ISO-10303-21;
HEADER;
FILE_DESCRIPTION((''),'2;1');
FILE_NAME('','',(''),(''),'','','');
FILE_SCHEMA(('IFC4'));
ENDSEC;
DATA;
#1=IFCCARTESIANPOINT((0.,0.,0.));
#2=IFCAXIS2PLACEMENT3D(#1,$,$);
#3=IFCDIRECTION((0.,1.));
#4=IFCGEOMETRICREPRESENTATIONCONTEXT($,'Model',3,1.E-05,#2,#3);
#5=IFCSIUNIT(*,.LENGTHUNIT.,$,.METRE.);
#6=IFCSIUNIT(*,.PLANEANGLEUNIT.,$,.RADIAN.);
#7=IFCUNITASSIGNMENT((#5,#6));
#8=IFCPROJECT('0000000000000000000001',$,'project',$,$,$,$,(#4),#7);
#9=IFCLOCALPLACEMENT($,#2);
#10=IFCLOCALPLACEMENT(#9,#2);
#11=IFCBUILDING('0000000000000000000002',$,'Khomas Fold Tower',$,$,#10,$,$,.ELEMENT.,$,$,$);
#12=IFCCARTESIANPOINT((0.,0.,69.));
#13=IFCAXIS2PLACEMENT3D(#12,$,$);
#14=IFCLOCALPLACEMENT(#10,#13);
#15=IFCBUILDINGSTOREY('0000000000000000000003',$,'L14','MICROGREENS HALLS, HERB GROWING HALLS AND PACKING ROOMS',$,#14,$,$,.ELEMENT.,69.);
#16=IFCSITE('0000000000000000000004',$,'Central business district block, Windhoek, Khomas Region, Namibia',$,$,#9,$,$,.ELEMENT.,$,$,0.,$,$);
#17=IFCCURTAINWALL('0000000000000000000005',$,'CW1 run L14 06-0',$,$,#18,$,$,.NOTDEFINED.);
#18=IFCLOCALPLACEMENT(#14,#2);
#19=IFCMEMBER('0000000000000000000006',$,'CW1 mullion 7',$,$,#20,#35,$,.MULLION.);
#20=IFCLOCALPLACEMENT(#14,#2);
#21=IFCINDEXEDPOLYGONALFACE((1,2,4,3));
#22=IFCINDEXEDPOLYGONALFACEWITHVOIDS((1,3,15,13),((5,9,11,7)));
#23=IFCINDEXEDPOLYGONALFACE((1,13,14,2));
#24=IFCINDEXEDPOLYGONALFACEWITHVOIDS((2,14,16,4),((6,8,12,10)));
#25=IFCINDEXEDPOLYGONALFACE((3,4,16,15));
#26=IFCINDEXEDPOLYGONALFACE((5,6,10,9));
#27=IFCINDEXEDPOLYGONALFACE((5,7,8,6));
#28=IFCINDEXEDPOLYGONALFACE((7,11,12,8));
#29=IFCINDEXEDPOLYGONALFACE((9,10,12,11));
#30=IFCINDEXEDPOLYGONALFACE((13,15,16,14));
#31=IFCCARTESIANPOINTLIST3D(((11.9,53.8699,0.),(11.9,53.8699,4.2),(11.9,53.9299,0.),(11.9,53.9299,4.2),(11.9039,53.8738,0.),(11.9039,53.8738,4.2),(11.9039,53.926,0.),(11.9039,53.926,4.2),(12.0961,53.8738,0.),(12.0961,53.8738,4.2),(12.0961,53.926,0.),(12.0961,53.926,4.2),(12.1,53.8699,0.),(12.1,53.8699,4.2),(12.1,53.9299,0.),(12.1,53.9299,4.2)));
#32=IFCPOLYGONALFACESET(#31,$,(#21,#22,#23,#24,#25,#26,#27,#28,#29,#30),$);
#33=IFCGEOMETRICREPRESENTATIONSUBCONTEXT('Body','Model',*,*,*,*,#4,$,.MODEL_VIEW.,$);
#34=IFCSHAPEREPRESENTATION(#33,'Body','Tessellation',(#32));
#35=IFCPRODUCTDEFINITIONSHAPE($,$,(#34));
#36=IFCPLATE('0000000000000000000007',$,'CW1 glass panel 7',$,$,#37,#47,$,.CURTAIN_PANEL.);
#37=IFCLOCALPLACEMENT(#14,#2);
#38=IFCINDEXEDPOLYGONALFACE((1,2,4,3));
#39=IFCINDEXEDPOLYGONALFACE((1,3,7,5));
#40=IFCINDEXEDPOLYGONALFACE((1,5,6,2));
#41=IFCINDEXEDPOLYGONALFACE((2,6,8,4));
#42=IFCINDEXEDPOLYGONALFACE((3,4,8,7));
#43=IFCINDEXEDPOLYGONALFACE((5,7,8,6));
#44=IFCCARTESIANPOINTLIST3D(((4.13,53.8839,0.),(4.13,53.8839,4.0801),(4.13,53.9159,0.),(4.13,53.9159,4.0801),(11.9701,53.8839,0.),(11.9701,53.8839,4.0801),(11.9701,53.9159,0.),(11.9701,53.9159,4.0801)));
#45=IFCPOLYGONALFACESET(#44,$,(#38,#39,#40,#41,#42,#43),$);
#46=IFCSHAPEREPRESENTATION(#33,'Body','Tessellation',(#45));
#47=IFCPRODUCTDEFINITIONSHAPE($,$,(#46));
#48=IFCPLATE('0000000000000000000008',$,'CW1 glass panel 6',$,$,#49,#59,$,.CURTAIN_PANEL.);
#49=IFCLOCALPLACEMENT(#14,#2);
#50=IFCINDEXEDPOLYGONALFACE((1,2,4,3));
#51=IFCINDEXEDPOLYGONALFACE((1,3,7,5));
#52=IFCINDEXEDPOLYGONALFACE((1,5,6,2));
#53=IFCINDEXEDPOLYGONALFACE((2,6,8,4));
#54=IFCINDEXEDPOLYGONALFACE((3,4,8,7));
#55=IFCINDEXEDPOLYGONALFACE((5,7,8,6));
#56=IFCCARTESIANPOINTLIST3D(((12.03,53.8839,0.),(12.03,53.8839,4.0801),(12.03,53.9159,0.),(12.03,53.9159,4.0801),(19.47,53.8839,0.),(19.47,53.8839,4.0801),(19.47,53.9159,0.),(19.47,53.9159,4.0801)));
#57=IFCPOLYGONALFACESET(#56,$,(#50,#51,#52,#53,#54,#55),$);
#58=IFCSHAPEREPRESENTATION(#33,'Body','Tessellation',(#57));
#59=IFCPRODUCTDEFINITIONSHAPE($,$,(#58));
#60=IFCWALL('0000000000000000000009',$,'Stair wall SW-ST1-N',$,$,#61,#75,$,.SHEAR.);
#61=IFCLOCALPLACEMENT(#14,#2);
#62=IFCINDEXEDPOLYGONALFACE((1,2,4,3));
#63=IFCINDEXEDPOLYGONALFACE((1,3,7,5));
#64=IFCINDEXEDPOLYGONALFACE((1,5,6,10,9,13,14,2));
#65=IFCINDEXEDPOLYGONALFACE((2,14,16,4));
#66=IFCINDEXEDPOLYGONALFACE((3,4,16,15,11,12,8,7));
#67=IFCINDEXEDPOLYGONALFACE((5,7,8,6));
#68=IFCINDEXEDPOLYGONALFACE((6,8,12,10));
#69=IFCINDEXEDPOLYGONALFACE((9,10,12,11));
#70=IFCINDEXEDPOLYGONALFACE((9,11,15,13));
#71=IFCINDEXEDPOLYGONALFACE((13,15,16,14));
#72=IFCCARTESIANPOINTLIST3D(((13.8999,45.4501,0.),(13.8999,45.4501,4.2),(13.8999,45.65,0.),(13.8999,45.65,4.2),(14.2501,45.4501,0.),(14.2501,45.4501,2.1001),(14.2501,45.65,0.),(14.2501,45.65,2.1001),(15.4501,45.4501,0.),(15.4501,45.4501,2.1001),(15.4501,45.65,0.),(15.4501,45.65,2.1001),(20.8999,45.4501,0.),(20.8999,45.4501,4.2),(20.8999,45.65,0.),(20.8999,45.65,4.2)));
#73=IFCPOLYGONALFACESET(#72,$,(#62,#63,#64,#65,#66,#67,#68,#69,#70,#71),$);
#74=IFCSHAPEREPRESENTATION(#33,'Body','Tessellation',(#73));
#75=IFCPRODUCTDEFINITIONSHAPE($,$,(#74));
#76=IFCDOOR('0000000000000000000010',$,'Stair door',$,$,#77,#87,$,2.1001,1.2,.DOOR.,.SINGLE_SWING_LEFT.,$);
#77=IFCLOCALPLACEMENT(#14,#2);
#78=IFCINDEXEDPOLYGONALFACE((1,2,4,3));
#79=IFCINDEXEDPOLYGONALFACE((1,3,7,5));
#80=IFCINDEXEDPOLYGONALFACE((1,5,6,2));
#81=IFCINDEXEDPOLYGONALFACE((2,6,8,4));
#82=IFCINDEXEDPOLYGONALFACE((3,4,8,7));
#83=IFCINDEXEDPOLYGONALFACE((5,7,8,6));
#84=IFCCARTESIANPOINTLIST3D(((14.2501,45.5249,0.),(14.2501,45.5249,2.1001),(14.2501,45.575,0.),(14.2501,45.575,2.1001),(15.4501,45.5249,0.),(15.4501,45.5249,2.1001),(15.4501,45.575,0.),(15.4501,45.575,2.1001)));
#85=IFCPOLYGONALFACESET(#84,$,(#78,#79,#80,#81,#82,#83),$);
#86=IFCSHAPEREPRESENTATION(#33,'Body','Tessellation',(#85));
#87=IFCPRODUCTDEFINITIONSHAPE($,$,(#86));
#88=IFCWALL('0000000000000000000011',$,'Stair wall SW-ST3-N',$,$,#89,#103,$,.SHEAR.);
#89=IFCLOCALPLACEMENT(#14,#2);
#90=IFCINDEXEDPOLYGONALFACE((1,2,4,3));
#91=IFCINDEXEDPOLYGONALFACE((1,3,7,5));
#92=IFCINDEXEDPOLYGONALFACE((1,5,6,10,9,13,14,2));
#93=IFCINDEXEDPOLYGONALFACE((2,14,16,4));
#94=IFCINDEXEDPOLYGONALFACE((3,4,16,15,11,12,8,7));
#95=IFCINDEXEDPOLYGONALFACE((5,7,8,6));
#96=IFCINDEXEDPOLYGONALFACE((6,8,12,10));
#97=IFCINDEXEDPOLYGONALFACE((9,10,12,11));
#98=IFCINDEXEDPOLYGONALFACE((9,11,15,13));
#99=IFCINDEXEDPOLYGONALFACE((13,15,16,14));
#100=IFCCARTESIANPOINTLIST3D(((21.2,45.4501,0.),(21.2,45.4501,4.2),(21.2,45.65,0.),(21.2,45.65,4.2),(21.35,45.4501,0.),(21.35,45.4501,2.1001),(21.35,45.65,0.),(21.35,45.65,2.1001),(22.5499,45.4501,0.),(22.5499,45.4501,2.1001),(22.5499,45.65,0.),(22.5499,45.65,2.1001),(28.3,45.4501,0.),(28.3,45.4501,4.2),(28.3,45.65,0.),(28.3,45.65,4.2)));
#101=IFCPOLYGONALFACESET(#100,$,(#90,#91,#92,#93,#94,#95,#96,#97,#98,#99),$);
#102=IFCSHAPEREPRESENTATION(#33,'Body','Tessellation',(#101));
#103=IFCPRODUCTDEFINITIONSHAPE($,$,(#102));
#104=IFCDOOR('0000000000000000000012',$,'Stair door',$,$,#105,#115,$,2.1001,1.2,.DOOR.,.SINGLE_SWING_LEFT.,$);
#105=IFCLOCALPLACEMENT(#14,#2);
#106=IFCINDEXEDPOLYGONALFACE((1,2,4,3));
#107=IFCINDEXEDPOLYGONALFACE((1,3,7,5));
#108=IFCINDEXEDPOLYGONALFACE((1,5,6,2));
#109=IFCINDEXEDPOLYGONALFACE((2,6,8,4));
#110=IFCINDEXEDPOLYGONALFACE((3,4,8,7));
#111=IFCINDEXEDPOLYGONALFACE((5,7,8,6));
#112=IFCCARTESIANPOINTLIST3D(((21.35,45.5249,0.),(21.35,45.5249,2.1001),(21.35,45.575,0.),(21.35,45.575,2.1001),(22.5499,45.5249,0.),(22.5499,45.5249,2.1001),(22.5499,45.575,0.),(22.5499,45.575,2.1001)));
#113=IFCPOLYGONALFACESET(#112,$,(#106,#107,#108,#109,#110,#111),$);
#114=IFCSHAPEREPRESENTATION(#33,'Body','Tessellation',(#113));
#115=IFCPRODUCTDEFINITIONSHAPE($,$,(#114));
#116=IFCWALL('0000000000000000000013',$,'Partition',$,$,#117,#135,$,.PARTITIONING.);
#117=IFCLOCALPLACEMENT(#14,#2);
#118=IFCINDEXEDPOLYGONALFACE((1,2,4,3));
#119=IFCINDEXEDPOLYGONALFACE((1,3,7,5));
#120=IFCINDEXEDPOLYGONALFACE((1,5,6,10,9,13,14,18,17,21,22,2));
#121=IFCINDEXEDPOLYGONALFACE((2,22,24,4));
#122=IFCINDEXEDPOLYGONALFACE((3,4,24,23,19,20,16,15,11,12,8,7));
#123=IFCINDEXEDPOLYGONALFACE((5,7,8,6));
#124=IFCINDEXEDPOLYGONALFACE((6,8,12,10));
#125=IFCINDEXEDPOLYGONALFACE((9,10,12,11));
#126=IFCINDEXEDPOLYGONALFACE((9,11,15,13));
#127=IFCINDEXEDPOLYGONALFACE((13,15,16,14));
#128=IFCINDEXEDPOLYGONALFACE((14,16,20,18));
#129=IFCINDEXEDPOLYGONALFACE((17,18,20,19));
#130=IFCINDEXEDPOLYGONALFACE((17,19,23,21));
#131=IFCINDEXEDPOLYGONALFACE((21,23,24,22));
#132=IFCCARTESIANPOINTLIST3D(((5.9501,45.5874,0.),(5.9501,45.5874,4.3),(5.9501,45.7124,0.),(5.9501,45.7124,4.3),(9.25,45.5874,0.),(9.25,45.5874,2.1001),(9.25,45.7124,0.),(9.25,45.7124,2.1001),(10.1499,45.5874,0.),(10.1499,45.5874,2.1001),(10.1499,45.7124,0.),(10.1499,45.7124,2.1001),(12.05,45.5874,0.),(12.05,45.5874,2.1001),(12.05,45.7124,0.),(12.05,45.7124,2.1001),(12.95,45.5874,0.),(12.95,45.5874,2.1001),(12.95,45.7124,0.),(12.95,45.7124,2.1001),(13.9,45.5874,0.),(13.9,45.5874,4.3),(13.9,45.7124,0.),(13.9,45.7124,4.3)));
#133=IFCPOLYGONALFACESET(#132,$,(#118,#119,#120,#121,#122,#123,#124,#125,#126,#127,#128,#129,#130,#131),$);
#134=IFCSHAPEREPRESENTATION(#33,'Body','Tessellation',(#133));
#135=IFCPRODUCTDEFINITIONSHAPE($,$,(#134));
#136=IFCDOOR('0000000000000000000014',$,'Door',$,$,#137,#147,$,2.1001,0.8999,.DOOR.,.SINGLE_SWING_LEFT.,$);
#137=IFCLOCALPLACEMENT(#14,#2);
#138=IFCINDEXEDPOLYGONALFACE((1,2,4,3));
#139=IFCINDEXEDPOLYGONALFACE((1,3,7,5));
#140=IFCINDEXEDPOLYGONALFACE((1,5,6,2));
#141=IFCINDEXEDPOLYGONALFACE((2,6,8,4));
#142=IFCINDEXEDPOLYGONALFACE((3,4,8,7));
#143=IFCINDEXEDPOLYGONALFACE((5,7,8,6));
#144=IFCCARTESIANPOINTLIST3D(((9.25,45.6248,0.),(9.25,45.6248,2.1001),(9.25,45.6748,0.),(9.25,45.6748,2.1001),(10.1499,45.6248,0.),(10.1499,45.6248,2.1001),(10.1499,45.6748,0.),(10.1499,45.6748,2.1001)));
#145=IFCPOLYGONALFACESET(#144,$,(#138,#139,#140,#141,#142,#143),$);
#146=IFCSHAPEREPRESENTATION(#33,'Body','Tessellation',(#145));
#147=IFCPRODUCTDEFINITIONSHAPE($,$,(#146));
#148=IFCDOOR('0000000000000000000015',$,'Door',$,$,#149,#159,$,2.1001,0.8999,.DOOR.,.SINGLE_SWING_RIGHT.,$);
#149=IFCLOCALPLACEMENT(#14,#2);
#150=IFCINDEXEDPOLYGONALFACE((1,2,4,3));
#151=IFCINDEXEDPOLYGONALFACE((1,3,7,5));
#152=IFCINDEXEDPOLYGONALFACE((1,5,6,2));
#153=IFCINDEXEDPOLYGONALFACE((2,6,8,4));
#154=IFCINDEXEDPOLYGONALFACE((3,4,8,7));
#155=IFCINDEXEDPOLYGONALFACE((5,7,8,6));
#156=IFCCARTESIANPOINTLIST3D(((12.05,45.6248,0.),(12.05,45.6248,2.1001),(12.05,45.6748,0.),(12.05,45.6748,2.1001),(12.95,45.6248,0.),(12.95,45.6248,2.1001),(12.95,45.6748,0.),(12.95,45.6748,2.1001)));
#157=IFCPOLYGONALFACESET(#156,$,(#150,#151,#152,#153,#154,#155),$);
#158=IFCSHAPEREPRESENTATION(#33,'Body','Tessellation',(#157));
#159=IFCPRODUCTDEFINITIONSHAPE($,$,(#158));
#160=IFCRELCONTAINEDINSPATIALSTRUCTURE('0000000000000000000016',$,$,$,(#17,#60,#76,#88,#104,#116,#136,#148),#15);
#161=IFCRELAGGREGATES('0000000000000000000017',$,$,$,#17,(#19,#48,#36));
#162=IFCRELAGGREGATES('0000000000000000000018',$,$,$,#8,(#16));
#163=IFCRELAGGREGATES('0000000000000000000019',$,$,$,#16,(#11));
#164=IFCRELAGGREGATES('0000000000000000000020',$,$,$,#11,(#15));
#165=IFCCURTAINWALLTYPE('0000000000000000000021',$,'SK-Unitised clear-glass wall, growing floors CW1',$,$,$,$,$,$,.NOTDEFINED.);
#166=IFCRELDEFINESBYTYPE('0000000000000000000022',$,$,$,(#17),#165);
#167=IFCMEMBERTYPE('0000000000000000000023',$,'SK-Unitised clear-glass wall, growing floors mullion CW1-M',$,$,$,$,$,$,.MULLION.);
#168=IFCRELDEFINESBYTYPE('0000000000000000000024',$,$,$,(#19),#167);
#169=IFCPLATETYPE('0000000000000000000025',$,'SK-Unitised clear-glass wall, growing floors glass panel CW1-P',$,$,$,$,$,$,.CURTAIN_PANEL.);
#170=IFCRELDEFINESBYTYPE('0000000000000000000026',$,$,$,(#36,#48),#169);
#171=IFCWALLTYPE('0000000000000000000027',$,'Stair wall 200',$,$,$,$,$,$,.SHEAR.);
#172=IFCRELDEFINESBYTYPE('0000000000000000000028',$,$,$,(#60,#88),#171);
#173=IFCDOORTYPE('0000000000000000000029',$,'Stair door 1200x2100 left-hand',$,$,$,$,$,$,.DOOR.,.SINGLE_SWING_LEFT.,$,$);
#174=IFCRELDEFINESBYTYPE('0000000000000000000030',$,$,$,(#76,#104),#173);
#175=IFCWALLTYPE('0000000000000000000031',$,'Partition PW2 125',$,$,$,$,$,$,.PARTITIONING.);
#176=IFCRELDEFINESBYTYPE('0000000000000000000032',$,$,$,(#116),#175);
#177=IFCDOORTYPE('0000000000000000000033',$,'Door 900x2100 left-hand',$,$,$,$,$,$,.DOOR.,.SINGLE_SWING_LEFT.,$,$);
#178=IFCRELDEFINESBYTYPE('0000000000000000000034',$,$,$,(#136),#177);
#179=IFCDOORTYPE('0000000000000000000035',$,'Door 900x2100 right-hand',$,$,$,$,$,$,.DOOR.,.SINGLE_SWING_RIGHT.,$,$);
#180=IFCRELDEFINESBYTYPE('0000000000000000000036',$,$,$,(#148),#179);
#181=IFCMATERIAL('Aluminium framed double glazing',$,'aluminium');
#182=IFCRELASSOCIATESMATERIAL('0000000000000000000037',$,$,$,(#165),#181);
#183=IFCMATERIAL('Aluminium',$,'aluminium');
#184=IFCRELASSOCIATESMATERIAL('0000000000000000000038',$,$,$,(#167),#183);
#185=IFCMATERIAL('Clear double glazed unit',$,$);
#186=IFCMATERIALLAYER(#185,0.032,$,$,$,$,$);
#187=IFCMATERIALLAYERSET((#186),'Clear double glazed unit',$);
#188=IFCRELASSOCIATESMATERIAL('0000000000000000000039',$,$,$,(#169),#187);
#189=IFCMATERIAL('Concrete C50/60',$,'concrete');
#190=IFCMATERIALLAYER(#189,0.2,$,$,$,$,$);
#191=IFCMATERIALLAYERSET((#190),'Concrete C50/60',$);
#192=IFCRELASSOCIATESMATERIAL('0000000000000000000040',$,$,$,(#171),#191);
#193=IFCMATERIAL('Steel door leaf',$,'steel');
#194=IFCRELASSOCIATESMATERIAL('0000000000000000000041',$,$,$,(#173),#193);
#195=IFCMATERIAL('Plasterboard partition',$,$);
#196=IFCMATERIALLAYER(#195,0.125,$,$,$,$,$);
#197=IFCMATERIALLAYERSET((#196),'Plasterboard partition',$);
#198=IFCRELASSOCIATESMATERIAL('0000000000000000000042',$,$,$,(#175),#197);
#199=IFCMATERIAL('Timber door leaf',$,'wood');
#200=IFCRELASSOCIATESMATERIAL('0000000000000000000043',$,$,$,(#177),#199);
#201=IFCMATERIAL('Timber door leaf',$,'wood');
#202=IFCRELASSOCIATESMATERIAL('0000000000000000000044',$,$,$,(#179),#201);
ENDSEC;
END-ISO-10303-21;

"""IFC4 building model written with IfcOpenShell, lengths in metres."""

from ifc_helpers import new_model, si_unit, direction, frame, frame_2d, origin, origin_2d, place, context, subcontext, project, spatial, rectangle, hollow_rectangle, extrude, source, transform, mapped, material, layer, layer_set, material_profile, profile_set, type_object, element, fill, aggregate, save


model = new_model("IFC4")

# Units and contexts
model_context = context("Model", 3, precision=1e-05, world=origin(), true_north=direction((0.0, 1.0)))
body_context = subcontext(model_context, "Body", "Model", "MODEL_VIEW")
ifc_project = project(units=[si_unit("LENGTHUNIT", "METRE"), si_unit("PLANEANGLEUNIT", "RADIAN")], contexts=[model_context])

# Site, building, storey
site_placement = place(None, origin())
site = spatial("IfcSite", under=ifc_project, at=site_placement, Name="Central business district block, Windhoek, Khomas Region, Namibia", CompositionType="ELEMENT", RefElevation=0.0)
building_placement = place(site_placement, origin())
building = spatial("IfcBuilding", under=site, at=building_placement, Name="Khomas Fold Tower", CompositionType="ELEMENT")
storey_placement = place(building_placement, frame((0.0, 0.0, 69.0)))
storey = spatial("IfcBuildingStorey", under=building, at=storey_placement, Name="L14", Description="MICROGREENS HALLS, HERB GROWING HALLS AND PACKING ROOMS", CompositionType="ELEMENT", Elevation=69.0)

# Curtain wall, member, plates
ifc_material_1 = material(Name="Aluminium framed double glazing", Category="aluminium")
curtain_wall_type = type_object("IfcCurtainWallType", Name="SK-Unitised clear-glass wall, growing floors CW1", PredefinedType="NOTDEFINED", material=ifc_material_1)
curtain_wall_placement = place(storey_placement, origin())
curtain_wall = element("IfcCurtainWall", 1, at=curtain_wall_placement, inside=storey, type_object=curtain_wall_type, Name="CW1 run L14 06-0", PredefinedType="NOTDEFINED")
ifc_material_2 = material(Name="Aluminium", Category="aluminium")
ifc_material_profile_1 = material_profile(ifc_material_2, hollow_rectangle(XDim=0.0601, YDim=0.2, WallThickness=0.0039, at=origin_2d()), Name="SK-Unitised clear-glass wall, growing floors mullion CW1-M")
ifc_profile_set_1 = profile_set([ifc_material_profile_1], Name="Aluminium")
member_type_1 = type_object("IfcMemberType", Name="SK-Unitised clear-glass wall, growing floors mullion CW1-M", PredefinedType="MULLION", material=ifc_profile_set_1)
shared_shape_1 = source(origin(), body_context, "Body", "SweptSolid", [
    extrude(hollow_rectangle(XDim=0.0601, YDim=0.2, WallThickness=0.0039, at=origin_2d()), origin(), (0.0, 0.0, 1.0), 4.2),
])
member_1_placement = place(storey_placement, frame((12.0, 53.8999, 0.0), z_axis=(0.0, 0.0, 1.0), x_axis=(0.0, -1.0, 0.0)))
member_1 = element("IfcMember", 2, at=member_1_placement, type_object=member_type_1, Name="CW1 mullion 7", PredefinedType="MULLION", context=body_context, shape_type="MappedRepresentation", body=[
    mapped(shared_shape_1, transform((0.0, 0.0, 0.0))),
])
ifc_material_3 = material(Name="Clear double glazed unit")
ifc_layer_1 = layer(ifc_material_3, 0.032)
ifc_layer_set_1 = layer_set([ifc_layer_1], Name="Clear double glazed unit")
plate_type = type_object("IfcPlateType", Name="SK-Unitised clear-glass wall, growing floors glass panel CW1-P", PredefinedType="CURTAIN_PANEL", material=ifc_layer_set_1)
shared_shape_2 = source(origin(), body_context, "Body", "SweptSolid", [
    extrude(rectangle(XDim=7.8401, YDim=0.032, at=origin_2d()), origin(), (0.0, 0.0, 1.0), 4.0801),
])
plate_1_placement = place(storey_placement, frame((8.05, 53.8999, 0.0), z_axis=(0.0, 0.0, 1.0), x_axis=(-1.0, 0.0, 0.0)))
plate_1 = element("IfcPlate", 3, at=plate_1_placement, type_object=plate_type, Name="CW1 glass panel 7", PredefinedType="CURTAIN_PANEL", context=body_context, shape_type="MappedRepresentation", body=[
    mapped(shared_shape_2, transform((0.0, 0.0, 0.0))),
])
shared_shape_3 = source(origin(), body_context, "Body", "SweptSolid", [
    extrude(rectangle(XDim=7.4399, YDim=0.032, at=origin_2d()), origin(), (0.0, 0.0, 1.0), 4.0801),
])
plate_2_placement = place(storey_placement, frame((15.75, 53.8999, 0.0), z_axis=(0.0, 0.0, 1.0), x_axis=(-1.0, 0.0, 0.0)))
plate_2 = element("IfcPlate", 4, at=plate_2_placement, type_object=plate_type, Name="CW1 glass panel 6", PredefinedType="CURTAIN_PANEL", context=body_context, shape_type="MappedRepresentation", body=[
    mapped(shared_shape_3, transform((0.0, 0.0, 0.0))),
])
aggregate(curtain_wall, [member_1, plate_2, plate_1])

# Walls, openings, doors
ifc_material_4 = material(Name="Concrete C50/60", Category="concrete")
ifc_layer_2 = layer(ifc_material_4, 0.2)
ifc_layer_set_2 = layer_set([ifc_layer_2], Name="Concrete C50/60")
wall_type_1 = type_object("IfcWallType", Name="Stair wall 200", PredefinedType="SHEAR", material=ifc_layer_set_2)
shared_shape_4 = source(origin(), body_context, "Body", "SweptSolid", [
    extrude(rectangle(XDim=7.0, YDim=0.2, at=frame_2d((3.5, 0.0))), origin(), (0.0, 0.0, 1.0), 4.2),
])
wall_1_placement = place(storey_placement, frame((13.8999, 45.55, 0.0), z_axis=(0.0, 0.0, 1.0), x_axis=(1.0, 0.0, 0.0)))
wall_1 = element("IfcWall", 5, at=wall_1_placement, inside=storey, type_object=wall_type_1, Name="Stair wall SW-ST1-N", PredefinedType="SHEAR", context=body_context, shape_type="MappedRepresentation", body=[
    mapped(shared_shape_4, transform((0.0, 0.0, 0.0))),
])
shared_shape_5 = source(origin(), body_context, "Body", "SweptSolid", [
    extrude(rectangle(XDim=1.2, YDim=2.1001, at=frame_2d((0.6001, 1.05))), frame((0.0, 0.1099, 0.0), z_axis=(0.0, -1.0, 0.0), x_axis=(1.0, 0.0, 0.0)), (0.0, 0.0, 1.0), 0.22),
])
opening_1_placement = place(wall_1_placement, frame((0.3501, 0.0, 0.0)))
opening_1 = element("IfcOpeningElement", 6, at=opening_1_placement, cuts=wall_1, PredefinedType="OPENING", context=body_context, shape_type="MappedRepresentation", body=[
    mapped(shared_shape_5, transform((0.0, 0.0, 0.0))),
])
ifc_material_5 = material(Name="Steel door leaf", Category="steel")
door_type_1 = type_object("IfcDoorType", Name="Stair door 1200x2100 left-hand", OperationType="SINGLE_SWING_LEFT", PredefinedType="DOOR", material=ifc_material_5)
shared_shape_6 = source(origin(), body_context, "Body", "SweptSolid", [
    extrude(rectangle(XDim=1.2, YDim=2.1001, at=frame_2d((0.6001, 1.05))), frame((0.0, 0.0249, 0.0), z_axis=(0.0, -1.0, 0.0), x_axis=(1.0, 0.0, 0.0)), (0.0, 0.0, 1.0), 0.05),
])
door_1_placement = place(opening_1_placement, origin())
door_1 = element("IfcDoor", 7, at=door_1_placement, inside=storey, type_object=door_type_1, Name="Stair door", OperationType="SINGLE_SWING_LEFT", OverallHeight=2.1001, OverallWidth=1.2, PredefinedType="DOOR", context=body_context, shape_type="MappedRepresentation", body=[
    mapped(shared_shape_6, transform((0.0, 0.0, 0.0))),
])
fill(opening_1, door_1)
shared_shape_7 = source(origin(), body_context, "Body", "SweptSolid", [
    extrude(rectangle(XDim=7.1001, YDim=0.2, at=frame_2d((3.55, 0.0))), origin(), (0.0, 0.0, 1.0), 4.2),
])
wall_2_placement = place(storey_placement, frame((21.2, 45.55, 0.0), z_axis=(0.0, 0.0, 1.0), x_axis=(1.0, 0.0, 0.0)))
wall_2 = element("IfcWall", 8, at=wall_2_placement, inside=storey, type_object=wall_type_1, Name="Stair wall SW-ST3-N", PredefinedType="SHEAR", context=body_context, shape_type="MappedRepresentation", body=[
    mapped(shared_shape_7, transform((0.0, 0.0, 0.0))),
])
opening_2_placement = place(wall_2_placement, frame((0.1499, 0.0, 0.0)))
opening_2 = element("IfcOpeningElement", 9, at=opening_2_placement, cuts=wall_2, PredefinedType="OPENING", context=body_context, shape_type="MappedRepresentation", body=[
    mapped(shared_shape_5, transform((0.0, 0.0, 0.0))),
])
door_2_placement = place(opening_2_placement, origin())
door_2 = element("IfcDoor", 10, at=door_2_placement, inside=storey, type_object=door_type_1, Name="Stair door", OperationType="SINGLE_SWING_LEFT", OverallHeight=2.1001, OverallWidth=1.2, PredefinedType="DOOR", context=body_context, shape_type="MappedRepresentation", body=[
    mapped(shared_shape_6, transform((0.0, 0.0, 0.0))),
])
fill(opening_2, door_2)

# Wall, openings, doors
ifc_material_6 = material(Name="Plasterboard partition")
ifc_layer_3 = layer(ifc_material_6, 0.125)
ifc_layer_set_3 = layer_set([ifc_layer_3], Name="Plasterboard partition")
wall_type_2 = type_object("IfcWallType", Name="Partition PW2 125", PredefinedType="PARTITIONING", material=ifc_layer_set_3)
shared_shape_8 = source(origin(), body_context, "Body", "SweptSolid", [
    extrude(rectangle(XDim=7.95, YDim=0.125, at=frame_2d((3.9751, 0.0))), origin(), (0.0, 0.0, 1.0), 4.3),
])
wall_3_placement = place(storey_placement, frame((5.95, 45.6499, 0.0), z_axis=(0.0, 0.0, 1.0), x_axis=(1.0, 0.0, 0.0)))
wall_3 = element("IfcWall", 11, at=wall_3_placement, inside=storey, type_object=wall_type_2, Name="Partition", PredefinedType="PARTITIONING", context=body_context, shape_type="MappedRepresentation", body=[
    mapped(shared_shape_8, transform((0.0, 0.0, 0.0))),
])
shared_shape_9 = source(origin(), body_context, "Body", "SweptSolid", [
    extrude(rectangle(XDim=0.8999, YDim=2.1001, at=frame_2d((0.45, 1.05))), frame((0.0, 0.0725, 0.0), z_axis=(0.0, -1.0, 0.0), x_axis=(1.0, 0.0, 0.0)), (0.0, 0.0, 1.0), 0.145),
])
opening_3_placement = place(wall_3_placement, frame((3.3, 0.0, 0.0)))
opening_3 = element("IfcOpeningElement", 12, at=opening_3_placement, cuts=wall_3, PredefinedType="OPENING", context=body_context, shape_type="MappedRepresentation", body=[
    mapped(shared_shape_9, transform((0.0, 0.0, 0.0))),
])
opening_4_placement = place(wall_3_placement, frame((6.1001, 0.0, 0.0)))
opening_4 = element("IfcOpeningElement", 13, at=opening_4_placement, cuts=wall_3, PredefinedType="OPENING", context=body_context, shape_type="MappedRepresentation", body=[
    mapped(shared_shape_9, transform((0.0, 0.0, 0.0))),
])
ifc_material_7 = material(Name="Timber door leaf", Category="wood")
door_type_2 = type_object("IfcDoorType", Name="Door 900x2100 left-hand", OperationType="SINGLE_SWING_LEFT", PredefinedType="DOOR", material=ifc_material_7)
shared_shape_10 = source(origin(), body_context, "Body", "SweptSolid", [
    extrude(rectangle(XDim=0.8999, YDim=2.1001, at=frame_2d((0.45, 1.05))), frame((0.0, 0.0249, 0.0), z_axis=(0.0, -1.0, 0.0), x_axis=(1.0, 0.0, 0.0)), (0.0, 0.0, 1.0), 0.05),
])
door_3_placement = place(opening_3_placement, origin())
door_3 = element("IfcDoor", 14, at=door_3_placement, inside=storey, type_object=door_type_2, Name="Door", OperationType="SINGLE_SWING_LEFT", OverallHeight=2.1001, OverallWidth=0.8999, PredefinedType="DOOR", context=body_context, shape_type="MappedRepresentation", body=[
    mapped(shared_shape_10, transform((0.0, 0.0, 0.0))),
])
fill(opening_3, door_3)
ifc_material_8 = material(Name="Timber door leaf", Category="wood")
door_type_3 = type_object("IfcDoorType", Name="Door 900x2100 right-hand", OperationType="SINGLE_SWING_RIGHT", PredefinedType="DOOR", material=ifc_material_8)
door_4_placement = place(opening_4_placement, origin())
door_4 = element("IfcDoor", 15, at=door_4_placement, inside=storey, type_object=door_type_3, Name="Door", OperationType="SINGLE_SWING_RIGHT", OverallHeight=2.1001, OverallWidth=0.8999, PredefinedType="DOOR", context=body_context, shape_type="MappedRepresentation", body=[
    mapped(shared_shape_10, transform((0.0, 0.0, 0.0))),
])
fill(opening_4, door_4)

save(model, "model.ifc")
